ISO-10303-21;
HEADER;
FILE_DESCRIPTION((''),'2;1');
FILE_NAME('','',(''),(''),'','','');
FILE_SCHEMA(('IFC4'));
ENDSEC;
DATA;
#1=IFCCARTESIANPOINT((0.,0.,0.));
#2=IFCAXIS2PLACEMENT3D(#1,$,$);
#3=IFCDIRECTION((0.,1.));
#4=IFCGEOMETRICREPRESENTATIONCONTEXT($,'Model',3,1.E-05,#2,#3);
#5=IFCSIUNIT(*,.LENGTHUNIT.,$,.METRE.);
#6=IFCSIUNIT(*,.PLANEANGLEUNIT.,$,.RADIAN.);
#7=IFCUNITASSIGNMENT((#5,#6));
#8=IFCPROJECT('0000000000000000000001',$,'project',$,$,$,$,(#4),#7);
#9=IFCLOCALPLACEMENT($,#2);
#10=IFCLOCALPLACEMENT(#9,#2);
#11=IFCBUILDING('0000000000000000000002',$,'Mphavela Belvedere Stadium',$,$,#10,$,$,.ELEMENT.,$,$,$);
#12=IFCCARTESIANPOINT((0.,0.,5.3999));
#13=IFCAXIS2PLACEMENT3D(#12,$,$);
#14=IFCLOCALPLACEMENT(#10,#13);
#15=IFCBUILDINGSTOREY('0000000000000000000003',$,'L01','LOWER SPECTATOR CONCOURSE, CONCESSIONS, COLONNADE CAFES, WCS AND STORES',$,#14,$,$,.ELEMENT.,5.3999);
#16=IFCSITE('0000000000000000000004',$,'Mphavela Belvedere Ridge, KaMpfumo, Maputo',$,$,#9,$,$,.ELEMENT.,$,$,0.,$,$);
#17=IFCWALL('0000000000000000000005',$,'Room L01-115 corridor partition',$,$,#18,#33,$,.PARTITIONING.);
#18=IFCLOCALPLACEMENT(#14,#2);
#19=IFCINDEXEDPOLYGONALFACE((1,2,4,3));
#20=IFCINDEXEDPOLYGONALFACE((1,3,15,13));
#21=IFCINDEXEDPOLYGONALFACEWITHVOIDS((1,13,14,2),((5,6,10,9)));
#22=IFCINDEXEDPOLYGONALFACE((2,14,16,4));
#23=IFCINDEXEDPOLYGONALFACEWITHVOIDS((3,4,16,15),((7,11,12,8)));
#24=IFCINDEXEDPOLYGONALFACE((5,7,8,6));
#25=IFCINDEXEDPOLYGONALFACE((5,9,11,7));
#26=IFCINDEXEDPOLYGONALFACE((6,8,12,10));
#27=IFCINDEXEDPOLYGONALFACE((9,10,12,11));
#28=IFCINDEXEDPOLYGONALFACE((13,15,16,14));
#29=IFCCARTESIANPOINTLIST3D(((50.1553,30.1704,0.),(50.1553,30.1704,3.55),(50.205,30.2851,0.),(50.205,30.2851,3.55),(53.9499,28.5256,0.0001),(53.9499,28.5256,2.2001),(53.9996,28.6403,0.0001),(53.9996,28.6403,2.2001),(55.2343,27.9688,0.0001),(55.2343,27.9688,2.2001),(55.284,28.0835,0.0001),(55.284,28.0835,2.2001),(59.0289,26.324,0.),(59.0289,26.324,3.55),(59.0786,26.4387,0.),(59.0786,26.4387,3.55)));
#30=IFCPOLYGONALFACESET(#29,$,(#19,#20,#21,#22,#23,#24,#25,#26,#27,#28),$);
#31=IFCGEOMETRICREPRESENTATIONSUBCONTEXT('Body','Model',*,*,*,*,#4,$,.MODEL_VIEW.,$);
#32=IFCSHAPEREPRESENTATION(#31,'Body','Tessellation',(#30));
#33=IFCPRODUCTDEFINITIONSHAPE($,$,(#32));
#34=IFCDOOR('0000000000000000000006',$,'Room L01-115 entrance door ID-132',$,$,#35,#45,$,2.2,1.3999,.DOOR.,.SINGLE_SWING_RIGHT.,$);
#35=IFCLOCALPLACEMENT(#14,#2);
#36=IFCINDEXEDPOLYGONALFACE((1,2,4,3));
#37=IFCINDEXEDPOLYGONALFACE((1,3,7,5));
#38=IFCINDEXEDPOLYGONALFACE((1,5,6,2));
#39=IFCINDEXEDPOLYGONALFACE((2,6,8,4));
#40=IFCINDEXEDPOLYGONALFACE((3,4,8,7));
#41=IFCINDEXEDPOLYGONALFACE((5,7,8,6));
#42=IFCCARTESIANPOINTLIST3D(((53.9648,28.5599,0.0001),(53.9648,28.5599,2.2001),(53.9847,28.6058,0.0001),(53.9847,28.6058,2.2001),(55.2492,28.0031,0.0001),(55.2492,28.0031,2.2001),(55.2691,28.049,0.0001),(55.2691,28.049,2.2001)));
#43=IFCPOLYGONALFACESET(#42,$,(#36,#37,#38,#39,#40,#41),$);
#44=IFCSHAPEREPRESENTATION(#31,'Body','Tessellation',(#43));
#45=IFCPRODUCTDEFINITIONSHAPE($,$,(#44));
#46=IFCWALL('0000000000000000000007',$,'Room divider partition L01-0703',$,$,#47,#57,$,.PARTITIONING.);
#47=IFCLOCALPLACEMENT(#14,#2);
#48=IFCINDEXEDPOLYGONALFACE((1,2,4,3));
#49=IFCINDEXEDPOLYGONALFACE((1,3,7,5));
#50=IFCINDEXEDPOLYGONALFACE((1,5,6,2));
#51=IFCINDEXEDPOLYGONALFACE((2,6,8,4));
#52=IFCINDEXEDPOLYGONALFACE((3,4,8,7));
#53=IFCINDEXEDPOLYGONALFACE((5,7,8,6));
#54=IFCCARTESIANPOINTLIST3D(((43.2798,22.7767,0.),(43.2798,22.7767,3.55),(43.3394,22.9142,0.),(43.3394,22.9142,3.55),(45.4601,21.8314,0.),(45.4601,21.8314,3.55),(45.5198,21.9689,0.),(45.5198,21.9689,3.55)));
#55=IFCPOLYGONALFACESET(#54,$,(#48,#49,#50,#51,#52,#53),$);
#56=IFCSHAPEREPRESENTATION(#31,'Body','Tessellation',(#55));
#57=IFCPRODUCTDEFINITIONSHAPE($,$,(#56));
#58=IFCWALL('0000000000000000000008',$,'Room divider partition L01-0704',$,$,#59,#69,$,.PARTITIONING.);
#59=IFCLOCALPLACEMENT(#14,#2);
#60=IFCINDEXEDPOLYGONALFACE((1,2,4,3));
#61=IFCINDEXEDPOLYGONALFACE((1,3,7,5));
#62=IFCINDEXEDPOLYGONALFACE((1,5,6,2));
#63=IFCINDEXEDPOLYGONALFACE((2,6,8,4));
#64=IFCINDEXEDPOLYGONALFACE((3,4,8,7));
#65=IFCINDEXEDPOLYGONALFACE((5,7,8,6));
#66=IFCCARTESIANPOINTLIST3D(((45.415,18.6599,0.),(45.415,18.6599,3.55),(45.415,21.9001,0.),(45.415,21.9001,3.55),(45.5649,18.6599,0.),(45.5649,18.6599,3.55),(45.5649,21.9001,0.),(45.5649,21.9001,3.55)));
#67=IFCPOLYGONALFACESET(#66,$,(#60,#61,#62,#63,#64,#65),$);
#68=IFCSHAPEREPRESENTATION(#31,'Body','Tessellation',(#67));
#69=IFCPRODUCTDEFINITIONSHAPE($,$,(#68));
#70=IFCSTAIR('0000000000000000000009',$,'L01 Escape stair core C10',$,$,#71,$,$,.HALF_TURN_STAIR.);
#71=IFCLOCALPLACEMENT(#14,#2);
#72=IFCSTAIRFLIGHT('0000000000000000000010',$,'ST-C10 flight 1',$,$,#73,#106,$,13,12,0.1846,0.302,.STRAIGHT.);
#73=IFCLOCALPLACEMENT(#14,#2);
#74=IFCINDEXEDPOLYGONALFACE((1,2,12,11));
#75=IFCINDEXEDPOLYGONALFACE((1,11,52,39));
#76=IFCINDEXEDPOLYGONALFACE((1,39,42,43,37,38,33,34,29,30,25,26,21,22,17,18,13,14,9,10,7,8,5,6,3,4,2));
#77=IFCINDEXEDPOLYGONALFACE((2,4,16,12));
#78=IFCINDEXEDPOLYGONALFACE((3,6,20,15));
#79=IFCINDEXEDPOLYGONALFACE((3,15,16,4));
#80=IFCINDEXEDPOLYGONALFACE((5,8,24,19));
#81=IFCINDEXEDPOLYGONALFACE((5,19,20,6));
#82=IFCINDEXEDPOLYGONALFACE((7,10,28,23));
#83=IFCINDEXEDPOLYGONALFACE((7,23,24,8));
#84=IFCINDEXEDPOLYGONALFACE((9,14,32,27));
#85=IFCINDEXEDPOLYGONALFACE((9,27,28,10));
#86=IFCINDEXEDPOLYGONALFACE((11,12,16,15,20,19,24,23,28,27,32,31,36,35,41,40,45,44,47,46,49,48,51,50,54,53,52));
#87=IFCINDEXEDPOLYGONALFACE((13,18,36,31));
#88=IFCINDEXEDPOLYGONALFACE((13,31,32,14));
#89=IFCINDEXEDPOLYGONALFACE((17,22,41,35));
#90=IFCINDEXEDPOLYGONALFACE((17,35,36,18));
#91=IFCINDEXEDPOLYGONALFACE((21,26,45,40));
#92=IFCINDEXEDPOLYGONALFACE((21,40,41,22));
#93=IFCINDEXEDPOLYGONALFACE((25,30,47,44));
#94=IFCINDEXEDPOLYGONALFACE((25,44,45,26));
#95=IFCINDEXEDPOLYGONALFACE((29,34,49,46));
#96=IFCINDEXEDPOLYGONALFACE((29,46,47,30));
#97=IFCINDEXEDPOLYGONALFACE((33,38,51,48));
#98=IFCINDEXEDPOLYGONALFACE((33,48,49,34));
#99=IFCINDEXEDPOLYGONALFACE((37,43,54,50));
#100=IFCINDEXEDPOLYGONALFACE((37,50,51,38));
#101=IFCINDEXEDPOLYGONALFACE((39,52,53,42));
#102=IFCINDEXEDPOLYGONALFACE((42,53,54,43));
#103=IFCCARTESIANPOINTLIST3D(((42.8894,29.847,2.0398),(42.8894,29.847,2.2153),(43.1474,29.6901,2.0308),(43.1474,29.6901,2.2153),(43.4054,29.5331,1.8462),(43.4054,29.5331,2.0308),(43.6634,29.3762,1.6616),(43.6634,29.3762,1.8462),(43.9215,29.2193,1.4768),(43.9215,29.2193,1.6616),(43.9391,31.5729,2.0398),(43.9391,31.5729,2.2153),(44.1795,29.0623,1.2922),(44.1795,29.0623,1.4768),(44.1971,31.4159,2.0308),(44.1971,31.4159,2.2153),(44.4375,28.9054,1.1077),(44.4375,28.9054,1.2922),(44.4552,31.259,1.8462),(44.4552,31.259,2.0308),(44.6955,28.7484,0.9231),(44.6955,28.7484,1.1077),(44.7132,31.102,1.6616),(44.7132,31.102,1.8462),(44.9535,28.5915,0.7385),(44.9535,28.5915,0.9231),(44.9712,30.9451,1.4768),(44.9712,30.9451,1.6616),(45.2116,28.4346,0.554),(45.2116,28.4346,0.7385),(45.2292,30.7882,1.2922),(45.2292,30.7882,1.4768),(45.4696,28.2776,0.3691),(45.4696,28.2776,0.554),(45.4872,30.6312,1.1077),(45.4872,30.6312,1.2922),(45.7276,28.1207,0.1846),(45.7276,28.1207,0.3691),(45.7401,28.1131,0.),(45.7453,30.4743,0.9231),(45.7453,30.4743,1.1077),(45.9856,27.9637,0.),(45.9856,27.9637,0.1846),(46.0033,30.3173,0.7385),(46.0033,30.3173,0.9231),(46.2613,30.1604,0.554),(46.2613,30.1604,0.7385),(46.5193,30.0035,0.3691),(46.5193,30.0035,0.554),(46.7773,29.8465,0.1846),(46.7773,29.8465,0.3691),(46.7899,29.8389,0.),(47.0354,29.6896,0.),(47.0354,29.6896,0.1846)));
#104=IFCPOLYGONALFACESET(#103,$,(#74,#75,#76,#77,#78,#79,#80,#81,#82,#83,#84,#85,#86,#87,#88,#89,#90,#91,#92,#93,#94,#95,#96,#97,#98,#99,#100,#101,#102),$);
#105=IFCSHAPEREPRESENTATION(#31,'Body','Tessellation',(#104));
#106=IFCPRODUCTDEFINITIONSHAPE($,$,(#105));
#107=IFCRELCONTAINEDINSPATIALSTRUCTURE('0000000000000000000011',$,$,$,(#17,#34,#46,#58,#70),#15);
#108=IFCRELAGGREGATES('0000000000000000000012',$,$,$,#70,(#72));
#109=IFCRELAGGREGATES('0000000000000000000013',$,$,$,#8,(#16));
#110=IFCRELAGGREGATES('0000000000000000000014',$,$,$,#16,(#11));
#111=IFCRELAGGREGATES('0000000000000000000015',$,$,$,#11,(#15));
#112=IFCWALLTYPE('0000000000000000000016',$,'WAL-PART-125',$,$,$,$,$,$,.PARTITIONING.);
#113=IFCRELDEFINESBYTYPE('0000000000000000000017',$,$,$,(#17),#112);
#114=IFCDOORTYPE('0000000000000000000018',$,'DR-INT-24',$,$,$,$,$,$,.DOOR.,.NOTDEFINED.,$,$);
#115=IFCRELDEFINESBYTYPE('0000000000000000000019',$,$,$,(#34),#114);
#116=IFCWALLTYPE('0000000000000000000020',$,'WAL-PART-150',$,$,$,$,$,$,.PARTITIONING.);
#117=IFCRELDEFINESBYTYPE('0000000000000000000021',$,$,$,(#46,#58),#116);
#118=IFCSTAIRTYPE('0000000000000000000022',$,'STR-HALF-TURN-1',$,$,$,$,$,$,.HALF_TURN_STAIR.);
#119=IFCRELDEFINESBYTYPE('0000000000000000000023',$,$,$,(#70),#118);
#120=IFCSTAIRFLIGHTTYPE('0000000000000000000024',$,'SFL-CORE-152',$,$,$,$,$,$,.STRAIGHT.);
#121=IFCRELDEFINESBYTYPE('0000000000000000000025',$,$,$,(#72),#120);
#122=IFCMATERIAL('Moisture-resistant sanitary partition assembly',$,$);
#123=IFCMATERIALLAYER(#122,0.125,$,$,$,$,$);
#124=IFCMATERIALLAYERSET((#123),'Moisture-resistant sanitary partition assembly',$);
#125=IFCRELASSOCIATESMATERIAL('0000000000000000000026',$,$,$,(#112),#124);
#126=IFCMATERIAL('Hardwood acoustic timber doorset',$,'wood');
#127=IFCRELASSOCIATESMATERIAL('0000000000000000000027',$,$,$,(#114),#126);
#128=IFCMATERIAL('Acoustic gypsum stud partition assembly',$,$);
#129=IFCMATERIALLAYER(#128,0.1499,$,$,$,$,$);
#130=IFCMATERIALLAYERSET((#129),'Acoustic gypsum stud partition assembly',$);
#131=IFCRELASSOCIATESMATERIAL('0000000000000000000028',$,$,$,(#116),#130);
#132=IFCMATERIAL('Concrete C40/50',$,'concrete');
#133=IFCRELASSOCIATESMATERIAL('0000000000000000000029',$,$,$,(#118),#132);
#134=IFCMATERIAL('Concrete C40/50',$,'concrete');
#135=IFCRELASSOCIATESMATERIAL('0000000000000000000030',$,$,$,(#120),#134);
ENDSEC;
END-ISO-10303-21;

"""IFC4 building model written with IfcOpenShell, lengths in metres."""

from ifc_helpers import new_model, si_unit, direction, frame, frame_2d, origin, place, context, subcontext, project, spatial, polyline, rectangle, outline, extrude, material, layer, layer_set, type_object, element, fill, aggregate, save


model = new_model("IFC4")

# Units and contexts
model_context = context("Model", 3, precision=1e-05, world=origin(), true_north=direction((0.0, 1.0)))
body_context = subcontext(model_context, "Body", "Model", "MODEL_VIEW")
ifc_project = project(units=[si_unit("LENGTHUNIT", "METRE"), si_unit("PLANEANGLEUNIT", "RADIAN")], contexts=[model_context])

# Site, building, storey
site_placement = place(None, origin())
site = spatial("IfcSite", under=ifc_project, at=site_placement, Name="Mphavela Belvedere Ridge, KaMpfumo, Maputo", CompositionType="ELEMENT", RefElevation=0.0)
building_placement = place(site_placement, origin())
building = spatial("IfcBuilding", under=site, at=building_placement, Name="Mphavela Belvedere Stadium", CompositionType="ELEMENT")
storey_placement = place(building_placement, frame((0.0, 0.0, 5.3999)))
storey = spatial("IfcBuildingStorey", under=building, at=storey_placement, Name="L01", Description="LOWER SPECTATOR CONCOURSE, CONCESSIONS, COLONNADE CAFES, WCS AND STORES", CompositionType="ELEMENT", Elevation=5.3999)

# Wall, opening, door
ifc_material_1 = material(Name="Moisture-resistant sanitary partition assembly")
ifc_layer_1 = layer(ifc_material_1, 0.125)
ifc_layer_set_1 = layer_set([ifc_layer_1], Name="Moisture-resistant sanitary partition assembly")
wall_type_1 = type_object("IfcWallType", Name="WAL-PART-125", PredefinedType="PARTITIONING", material=ifc_layer_set_1)
wall_1_placement = place(storey_placement, frame((50.1802, 30.2278, 0.0), z_axis=(0.0, 0.0, 1.0), x_axis=(0.917509, -0.397715, 0.0)))
wall_1 = element("IfcWall", 1, at=wall_1_placement, inside=storey, type_object=wall_type_1, Name="Room L01-115 corridor partition", PredefinedType="PARTITIONING", context=body_context, shape_type="SweptSolid", body=[
    extrude(rectangle(XDim=9.6714, YDim=0.125, at=frame_2d((4.8357, 0.0))), origin(), (0.0, 0.0, 1.0), 3.55),
])
opening_1_placement = place(wall_1_placement, frame((4.1357, 0.0, 0.0)))
opening_1 = element("IfcOpeningElement", 2, at=opening_1_placement, cuts=wall_1, PredefinedType="OPENING", context=body_context, shape_type="SweptSolid", body=[
    extrude(rectangle(XDim=1.3999, YDim=2.2, at=frame_2d((0.7, 1.1001))), frame((0.0, 0.0725, 0.0), z_axis=(0.0, -1.0, 0.0), x_axis=(1.0, 0.0, 0.0)), (0.0, 0.0, 1.0), 0.145),
])
ifc_material_2 = material(Name="Hardwood acoustic timber doorset", Category="wood")
door_type_1 = type_object("IfcDoorType", Name="DR-INT-24", OperationType="NOTDEFINED", PredefinedType="DOOR", material=ifc_material_2)
door_1_placement = place(opening_1_placement, origin())
door_1 = element("IfcDoor", 3, at=door_1_placement, inside=storey, type_object=door_type_1, Name="Room L01-115 entrance door ID-132", OperationType="SINGLE_SWING_RIGHT", OverallHeight=2.2, OverallWidth=1.3999, PredefinedType="DOOR", context=body_context, shape_type="SweptSolid", body=[
    extrude(rectangle(XDim=1.3999, YDim=2.2, at=frame_2d((0.7, 1.1001))), frame((0.0, 0.0249, 0.0), z_axis=(0.0, -1.0, 0.0), x_axis=(1.0, 0.0, 0.0)), (0.0, 0.0, 1.0), 0.05),
])
fill(opening_1, door_1)

# Walls
ifc_material_3 = material(Name="Acoustic gypsum stud partition assembly")
ifc_layer_2 = layer(ifc_material_3, 0.1499)
ifc_layer_set_2 = layer_set([ifc_layer_2], Name="Acoustic gypsum stud partition assembly")
wall_type_2 = type_object("IfcWallType", Name="WAL-PART-150", PredefinedType="PARTITIONING", material=ifc_layer_set_2)
wall_2_placement = place(storey_placement, frame((43.3096, 22.8455, 0.0), z_axis=(0.0, 0.0, 1.0), x_axis=(0.917484, -0.397772, 0.0)))
element("IfcWall", 4, at=wall_2_placement, inside=storey, type_object=wall_type_2, Name="Room divider partition L01-0703", PredefinedType="PARTITIONING", context=body_context, shape_type="SweptSolid", body=[
    extrude(rectangle(XDim=2.3765, YDim=0.1499, at=frame_2d((1.1882, 0.0))), origin(), (0.0, 0.0, 1.0), 3.55),
])
wall_3_placement = place(storey_placement, frame((45.49, 21.9001, 0.0), z_axis=(0.0, 0.0, 1.0), x_axis=(0.0, -1.0, 0.0)))
element("IfcWall", 5, at=wall_3_placement, inside=storey, type_object=wall_type_2, Name="Room divider partition L01-0704", PredefinedType="PARTITIONING", context=body_context, shape_type="SweptSolid", body=[
    extrude(rectangle(XDim=3.2402, YDim=0.1499, at=frame_2d((1.6201, 0.0))), origin(), (0.0, 0.0, 1.0), 3.55),
])

# Stair, stair flight
ifc_material_4 = material(Name="Concrete C40/50", Category="concrete")
stair_type = type_object("IfcStairType", Name="STR-HALF-TURN-1", PredefinedType="HALF_TURN_STAIR", material=ifc_material_4)
stair_placement = place(storey_placement, origin())
stair = element("IfcStair", 6, at=stair_placement, inside=storey, type_object=stair_type, Name="L01 Escape stair core C10", PredefinedType="HALF_TURN_STAIR")
ifc_material_5 = material(Name="Concrete C40/50", Category="concrete")
stair_flight_type = type_object("IfcStairFlightType", Name="SFL-CORE-152", PredefinedType="STRAIGHT", material=ifc_material_5)
stair_flight_placement = place(storey_placement, frame((46.5105, 28.8267, 0.0), z_axis=(0.0, 0.0, 1.0), x_axis=(-0.854368, 0.519668, 0.0)))
stair_flight = element("IfcStairFlight", 7, at=stair_flight_placement, type_object=stair_flight_type, Name="ST-C10 flight 1", NumberOfRisers=13, NumberOfTreads=12, PredefinedType="STRAIGHT", RiserHeight=0.1846, TreadLength=0.302, context=body_context, shape_type="SweptSolid", body=[
    extrude(outline(polyline([(0.0, 0.0), (0.0, 0.1846), (0.302, 0.1846), (0.302, 0.3691), (0.604, 0.3691), (0.604, 0.554), (0.906, 0.554), (0.906, 0.7385), (1.208, 0.7385), (1.208, 0.9231), (1.51, 0.9231), (1.51, 1.1077), (1.812, 1.1077), (1.812, 1.2922), (2.114, 1.2922), (2.114, 1.4768), (2.416, 1.4768), (2.416, 1.6616), (2.718, 1.6616), (2.718, 1.8462), (3.02, 1.8462), (3.02, 2.0308), (3.322, 2.0308), (3.322, 2.2153), (3.624, 2.2153), (3.624, 2.3999), (3.624, 2.0398), (0.2874, 0.0), (0.0, 0.0)])), frame((0.0, 1.01, 0.0), z_axis=(0.0, -1.0, 0.0), x_axis=(1.0, 0.0, 0.0)), (0.0, 0.0, 1.0), 2.02),
])
aggregate(stair, [stair_flight])

save(model, "model.ifc")
